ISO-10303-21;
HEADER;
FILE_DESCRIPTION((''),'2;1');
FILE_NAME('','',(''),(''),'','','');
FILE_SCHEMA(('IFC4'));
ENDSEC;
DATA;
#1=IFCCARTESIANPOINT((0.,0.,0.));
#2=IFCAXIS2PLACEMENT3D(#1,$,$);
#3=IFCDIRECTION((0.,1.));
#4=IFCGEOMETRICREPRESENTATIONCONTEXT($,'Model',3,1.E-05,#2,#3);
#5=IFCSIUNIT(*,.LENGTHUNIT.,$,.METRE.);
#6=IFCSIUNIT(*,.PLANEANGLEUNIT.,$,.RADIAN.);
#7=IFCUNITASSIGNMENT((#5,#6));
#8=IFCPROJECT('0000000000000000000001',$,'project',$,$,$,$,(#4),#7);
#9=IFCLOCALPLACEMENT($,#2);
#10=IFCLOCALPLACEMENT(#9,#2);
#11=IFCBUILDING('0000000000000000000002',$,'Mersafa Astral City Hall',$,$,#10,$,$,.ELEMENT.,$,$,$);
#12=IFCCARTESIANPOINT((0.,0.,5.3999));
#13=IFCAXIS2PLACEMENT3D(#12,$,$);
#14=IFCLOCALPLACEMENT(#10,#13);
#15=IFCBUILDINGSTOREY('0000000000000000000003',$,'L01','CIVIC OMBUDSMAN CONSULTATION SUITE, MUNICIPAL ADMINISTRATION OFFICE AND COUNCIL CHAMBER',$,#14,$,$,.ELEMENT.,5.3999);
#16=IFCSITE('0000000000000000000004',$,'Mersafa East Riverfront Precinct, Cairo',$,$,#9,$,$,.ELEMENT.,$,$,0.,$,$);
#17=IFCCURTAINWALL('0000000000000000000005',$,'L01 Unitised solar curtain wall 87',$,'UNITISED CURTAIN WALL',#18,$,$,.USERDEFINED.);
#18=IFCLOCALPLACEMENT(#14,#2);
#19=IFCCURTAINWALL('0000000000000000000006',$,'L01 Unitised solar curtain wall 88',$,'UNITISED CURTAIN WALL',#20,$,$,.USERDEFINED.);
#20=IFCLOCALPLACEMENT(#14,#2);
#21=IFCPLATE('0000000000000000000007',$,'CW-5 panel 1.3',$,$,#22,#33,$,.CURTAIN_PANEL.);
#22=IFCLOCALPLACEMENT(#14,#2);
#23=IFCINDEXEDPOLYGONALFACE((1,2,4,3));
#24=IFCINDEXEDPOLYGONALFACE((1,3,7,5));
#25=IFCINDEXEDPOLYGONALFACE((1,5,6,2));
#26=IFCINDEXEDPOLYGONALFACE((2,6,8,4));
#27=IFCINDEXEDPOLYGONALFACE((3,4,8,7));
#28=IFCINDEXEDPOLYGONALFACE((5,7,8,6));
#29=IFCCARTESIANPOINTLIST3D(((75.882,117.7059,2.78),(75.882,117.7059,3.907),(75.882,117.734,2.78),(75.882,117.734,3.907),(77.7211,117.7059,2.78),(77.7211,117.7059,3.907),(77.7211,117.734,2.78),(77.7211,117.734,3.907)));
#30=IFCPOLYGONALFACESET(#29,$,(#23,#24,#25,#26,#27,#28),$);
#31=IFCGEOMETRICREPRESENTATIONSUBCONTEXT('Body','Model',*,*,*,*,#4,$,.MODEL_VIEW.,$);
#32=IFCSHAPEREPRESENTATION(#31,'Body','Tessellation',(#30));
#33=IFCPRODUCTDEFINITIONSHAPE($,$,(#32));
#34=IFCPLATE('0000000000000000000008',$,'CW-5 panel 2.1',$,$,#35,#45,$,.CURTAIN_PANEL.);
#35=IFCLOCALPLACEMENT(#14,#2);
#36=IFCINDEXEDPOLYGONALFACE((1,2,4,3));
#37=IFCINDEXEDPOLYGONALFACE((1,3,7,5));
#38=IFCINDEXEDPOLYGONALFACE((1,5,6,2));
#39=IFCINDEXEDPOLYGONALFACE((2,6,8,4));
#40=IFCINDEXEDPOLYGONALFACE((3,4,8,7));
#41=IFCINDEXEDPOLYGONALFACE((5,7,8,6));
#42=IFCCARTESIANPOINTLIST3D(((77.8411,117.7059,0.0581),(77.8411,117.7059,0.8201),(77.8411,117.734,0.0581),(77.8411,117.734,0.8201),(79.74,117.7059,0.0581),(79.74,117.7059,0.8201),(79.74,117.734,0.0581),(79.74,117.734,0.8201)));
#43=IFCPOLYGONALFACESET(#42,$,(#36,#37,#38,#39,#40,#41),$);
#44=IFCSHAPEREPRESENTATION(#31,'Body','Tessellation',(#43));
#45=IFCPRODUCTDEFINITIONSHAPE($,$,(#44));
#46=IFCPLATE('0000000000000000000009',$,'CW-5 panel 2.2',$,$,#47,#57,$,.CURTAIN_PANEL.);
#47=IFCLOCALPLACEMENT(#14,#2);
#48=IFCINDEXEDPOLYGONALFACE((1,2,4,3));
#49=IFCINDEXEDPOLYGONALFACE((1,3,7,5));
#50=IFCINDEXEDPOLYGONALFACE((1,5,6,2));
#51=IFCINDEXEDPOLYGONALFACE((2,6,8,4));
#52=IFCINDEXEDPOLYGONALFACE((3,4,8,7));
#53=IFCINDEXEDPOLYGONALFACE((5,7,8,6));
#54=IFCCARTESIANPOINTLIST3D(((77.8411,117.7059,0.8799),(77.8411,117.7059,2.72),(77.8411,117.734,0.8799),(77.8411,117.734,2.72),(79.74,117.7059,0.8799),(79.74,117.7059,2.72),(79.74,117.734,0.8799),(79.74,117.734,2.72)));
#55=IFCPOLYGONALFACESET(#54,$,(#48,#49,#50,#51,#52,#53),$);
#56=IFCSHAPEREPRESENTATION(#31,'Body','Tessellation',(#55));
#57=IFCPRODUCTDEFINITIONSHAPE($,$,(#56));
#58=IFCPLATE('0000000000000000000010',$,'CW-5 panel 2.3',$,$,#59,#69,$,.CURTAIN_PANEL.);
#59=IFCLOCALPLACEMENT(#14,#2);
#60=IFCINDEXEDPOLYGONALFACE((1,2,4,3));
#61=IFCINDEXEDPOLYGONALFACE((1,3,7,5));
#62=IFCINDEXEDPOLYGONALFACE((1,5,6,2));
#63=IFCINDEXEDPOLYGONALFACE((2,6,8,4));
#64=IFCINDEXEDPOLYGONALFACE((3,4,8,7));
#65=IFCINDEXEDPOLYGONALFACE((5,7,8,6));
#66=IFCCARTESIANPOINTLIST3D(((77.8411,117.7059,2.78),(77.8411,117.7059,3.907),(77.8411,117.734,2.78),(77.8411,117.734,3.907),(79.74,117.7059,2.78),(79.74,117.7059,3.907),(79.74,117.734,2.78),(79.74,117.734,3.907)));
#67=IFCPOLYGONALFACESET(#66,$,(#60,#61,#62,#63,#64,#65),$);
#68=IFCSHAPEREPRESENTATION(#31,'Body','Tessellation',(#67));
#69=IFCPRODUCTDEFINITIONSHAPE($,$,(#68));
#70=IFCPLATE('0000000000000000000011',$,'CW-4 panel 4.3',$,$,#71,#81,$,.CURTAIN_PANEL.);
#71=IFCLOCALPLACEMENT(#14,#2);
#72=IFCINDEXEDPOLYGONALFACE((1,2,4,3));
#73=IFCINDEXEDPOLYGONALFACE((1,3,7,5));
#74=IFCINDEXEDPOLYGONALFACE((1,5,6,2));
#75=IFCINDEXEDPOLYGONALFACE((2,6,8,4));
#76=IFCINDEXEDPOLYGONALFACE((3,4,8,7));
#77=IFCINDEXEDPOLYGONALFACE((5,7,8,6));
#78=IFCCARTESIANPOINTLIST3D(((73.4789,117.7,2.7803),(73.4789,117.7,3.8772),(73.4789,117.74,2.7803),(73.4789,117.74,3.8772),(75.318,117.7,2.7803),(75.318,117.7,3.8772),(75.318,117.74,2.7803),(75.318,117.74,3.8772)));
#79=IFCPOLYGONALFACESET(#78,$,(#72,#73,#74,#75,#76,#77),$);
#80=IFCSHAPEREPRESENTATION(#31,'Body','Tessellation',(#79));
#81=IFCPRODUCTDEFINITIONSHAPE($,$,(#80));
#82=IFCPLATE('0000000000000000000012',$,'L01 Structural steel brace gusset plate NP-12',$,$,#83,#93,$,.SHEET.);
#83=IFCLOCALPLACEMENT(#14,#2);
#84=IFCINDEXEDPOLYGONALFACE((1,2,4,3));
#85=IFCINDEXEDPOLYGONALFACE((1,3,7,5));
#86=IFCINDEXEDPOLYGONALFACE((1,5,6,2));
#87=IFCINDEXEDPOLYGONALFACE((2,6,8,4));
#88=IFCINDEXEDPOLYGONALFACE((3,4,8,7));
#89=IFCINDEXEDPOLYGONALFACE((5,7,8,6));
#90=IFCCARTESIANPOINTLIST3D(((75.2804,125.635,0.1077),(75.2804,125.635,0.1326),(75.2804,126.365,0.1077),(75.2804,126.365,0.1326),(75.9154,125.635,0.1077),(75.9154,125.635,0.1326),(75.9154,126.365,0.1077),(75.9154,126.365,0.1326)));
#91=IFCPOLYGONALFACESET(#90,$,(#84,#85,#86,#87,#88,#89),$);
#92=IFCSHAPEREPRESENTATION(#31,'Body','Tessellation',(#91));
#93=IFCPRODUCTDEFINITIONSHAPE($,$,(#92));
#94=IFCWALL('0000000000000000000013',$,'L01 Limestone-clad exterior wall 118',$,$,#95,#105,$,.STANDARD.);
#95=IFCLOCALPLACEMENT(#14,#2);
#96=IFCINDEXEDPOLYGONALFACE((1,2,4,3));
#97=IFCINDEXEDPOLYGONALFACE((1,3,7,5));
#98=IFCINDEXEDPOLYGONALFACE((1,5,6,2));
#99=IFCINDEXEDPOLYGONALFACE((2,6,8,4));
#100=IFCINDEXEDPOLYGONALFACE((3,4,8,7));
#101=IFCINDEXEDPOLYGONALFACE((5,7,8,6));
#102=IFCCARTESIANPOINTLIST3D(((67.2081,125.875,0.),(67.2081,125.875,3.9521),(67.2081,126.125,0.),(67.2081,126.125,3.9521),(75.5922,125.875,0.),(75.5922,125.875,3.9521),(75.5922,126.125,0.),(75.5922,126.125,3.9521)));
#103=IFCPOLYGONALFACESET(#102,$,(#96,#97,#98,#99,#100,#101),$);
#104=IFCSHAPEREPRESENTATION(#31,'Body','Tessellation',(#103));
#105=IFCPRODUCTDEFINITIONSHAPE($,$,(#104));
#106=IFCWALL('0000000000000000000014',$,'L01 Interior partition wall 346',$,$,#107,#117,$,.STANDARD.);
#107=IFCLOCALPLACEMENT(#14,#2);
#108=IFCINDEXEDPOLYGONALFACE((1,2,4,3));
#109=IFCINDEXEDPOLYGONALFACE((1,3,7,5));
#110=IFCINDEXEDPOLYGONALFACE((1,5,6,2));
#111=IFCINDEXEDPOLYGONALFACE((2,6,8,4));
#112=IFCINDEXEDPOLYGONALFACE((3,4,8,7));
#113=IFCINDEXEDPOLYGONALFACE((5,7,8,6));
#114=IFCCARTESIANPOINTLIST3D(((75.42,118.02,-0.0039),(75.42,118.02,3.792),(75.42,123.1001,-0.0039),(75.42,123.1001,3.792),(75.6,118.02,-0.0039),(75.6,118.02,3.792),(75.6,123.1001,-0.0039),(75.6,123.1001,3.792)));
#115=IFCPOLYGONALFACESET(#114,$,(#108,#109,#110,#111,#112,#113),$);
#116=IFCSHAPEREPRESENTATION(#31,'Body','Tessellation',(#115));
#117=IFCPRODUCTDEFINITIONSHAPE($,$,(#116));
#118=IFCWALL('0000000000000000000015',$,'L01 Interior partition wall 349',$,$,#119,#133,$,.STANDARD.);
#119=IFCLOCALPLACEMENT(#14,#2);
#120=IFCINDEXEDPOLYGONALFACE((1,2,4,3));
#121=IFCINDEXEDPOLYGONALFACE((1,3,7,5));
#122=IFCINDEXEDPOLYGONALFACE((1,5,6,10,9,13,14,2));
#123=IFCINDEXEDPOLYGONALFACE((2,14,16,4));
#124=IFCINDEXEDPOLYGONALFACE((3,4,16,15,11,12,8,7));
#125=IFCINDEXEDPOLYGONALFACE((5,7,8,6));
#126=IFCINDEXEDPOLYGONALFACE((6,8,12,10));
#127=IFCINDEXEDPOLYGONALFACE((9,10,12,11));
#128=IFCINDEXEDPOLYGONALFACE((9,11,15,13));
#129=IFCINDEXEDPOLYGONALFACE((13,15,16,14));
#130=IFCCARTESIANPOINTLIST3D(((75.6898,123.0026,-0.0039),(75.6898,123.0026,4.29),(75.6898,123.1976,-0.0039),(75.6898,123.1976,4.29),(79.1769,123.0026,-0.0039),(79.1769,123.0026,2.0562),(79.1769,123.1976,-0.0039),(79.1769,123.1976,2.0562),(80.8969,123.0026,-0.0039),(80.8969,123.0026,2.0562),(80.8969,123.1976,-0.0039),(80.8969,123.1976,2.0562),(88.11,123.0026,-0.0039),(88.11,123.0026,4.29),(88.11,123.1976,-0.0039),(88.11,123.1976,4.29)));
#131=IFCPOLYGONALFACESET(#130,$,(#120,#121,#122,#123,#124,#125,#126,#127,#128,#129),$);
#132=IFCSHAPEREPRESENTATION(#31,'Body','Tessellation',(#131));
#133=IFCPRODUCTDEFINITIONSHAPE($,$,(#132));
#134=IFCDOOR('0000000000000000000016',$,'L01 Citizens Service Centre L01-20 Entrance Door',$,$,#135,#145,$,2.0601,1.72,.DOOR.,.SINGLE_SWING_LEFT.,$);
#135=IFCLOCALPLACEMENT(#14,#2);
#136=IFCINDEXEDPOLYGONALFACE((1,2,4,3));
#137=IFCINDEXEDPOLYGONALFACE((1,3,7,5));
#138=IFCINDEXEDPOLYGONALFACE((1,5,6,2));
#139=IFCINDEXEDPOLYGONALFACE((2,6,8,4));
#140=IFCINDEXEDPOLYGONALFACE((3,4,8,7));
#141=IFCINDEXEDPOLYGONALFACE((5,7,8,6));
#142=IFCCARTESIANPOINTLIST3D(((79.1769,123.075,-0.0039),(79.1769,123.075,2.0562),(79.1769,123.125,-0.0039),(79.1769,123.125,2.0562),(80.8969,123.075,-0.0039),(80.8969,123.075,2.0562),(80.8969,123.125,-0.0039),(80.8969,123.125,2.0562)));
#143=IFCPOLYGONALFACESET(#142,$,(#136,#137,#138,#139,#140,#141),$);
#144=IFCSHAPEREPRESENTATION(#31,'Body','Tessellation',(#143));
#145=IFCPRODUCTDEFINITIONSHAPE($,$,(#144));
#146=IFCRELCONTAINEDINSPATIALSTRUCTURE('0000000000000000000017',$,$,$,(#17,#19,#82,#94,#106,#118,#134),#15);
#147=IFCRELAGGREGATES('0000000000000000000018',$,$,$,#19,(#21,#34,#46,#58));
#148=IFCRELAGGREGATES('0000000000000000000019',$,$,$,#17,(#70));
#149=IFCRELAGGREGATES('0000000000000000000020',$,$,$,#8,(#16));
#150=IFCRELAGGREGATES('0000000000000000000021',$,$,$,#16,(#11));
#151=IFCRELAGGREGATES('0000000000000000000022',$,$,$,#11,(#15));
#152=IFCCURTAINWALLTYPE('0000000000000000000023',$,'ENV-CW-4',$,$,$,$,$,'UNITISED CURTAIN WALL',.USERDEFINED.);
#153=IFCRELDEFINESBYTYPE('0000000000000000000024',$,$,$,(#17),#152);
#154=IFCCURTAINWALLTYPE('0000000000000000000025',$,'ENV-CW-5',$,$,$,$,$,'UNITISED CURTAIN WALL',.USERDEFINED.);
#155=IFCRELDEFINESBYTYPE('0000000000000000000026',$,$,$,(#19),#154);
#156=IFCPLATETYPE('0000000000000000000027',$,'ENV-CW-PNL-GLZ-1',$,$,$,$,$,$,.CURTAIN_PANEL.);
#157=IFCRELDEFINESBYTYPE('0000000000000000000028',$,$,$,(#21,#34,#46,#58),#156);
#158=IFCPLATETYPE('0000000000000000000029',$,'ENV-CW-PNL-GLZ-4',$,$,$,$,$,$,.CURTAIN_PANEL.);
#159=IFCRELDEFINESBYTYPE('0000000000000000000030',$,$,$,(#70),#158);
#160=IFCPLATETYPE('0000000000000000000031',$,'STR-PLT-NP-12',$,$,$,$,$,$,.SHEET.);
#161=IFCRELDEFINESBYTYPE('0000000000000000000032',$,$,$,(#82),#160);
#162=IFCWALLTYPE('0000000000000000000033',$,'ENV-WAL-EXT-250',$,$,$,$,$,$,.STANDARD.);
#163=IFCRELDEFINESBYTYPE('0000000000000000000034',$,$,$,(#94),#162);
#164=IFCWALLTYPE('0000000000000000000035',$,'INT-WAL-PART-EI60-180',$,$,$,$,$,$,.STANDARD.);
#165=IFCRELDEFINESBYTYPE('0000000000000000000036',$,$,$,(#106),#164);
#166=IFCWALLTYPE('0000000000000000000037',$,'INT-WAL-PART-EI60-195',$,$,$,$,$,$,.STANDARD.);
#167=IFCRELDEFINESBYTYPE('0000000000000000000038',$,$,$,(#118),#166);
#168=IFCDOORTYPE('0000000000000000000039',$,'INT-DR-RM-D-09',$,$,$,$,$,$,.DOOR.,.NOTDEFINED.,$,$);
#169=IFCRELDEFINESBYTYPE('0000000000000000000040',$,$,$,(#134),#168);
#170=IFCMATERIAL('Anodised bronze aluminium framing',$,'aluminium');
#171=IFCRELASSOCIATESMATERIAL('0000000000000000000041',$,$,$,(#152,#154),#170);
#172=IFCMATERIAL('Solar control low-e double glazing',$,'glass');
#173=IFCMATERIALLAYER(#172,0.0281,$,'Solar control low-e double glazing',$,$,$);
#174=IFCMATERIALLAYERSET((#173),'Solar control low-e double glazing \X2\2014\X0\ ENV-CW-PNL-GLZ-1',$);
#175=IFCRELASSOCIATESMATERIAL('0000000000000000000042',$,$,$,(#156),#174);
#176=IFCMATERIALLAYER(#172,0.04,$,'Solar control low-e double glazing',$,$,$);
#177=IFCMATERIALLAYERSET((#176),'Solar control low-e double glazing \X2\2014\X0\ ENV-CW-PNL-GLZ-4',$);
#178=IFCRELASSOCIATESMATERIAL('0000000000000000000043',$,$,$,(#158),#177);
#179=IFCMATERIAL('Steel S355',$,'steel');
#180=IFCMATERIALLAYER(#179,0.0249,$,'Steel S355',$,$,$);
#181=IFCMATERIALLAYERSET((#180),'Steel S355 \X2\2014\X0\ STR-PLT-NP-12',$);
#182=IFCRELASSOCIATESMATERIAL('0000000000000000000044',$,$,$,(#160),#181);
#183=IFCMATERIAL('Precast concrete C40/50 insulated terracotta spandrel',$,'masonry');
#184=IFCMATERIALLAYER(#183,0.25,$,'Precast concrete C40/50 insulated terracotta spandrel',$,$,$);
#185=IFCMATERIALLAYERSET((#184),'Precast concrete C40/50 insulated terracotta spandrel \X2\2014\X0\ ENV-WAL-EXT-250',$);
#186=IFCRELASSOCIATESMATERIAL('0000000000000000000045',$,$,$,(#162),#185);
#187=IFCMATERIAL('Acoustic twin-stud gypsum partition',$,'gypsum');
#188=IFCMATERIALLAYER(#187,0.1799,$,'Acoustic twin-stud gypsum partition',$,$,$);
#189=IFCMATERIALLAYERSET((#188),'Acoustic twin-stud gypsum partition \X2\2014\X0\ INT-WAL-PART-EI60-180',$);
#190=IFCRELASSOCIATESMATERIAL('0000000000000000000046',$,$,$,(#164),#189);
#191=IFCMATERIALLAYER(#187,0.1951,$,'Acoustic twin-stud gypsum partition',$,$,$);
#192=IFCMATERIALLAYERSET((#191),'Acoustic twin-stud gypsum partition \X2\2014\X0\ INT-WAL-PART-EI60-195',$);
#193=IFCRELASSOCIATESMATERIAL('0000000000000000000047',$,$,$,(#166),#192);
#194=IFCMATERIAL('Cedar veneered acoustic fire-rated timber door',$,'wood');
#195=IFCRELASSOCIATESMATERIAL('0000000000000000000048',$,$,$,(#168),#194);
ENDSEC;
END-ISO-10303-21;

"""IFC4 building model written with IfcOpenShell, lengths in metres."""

from ifc_helpers import new_model, si_unit, direction, frame, frame_2d, origin, origin_2d, place, context, subcontext, project, spatial, rectangle, extrude, material, layer, layer_set, type_object, element, fill, aggregate, save


model = new_model("IFC4")

# Units and contexts
model_context = context("Model", 3, precision=1e-05, world=origin(), true_north=direction((0.0, 1.0)))
body_context = subcontext(model_context, "Body", "Model", "MODEL_VIEW")
ifc_project = project(units=[si_unit("LENGTHUNIT", "METRE"), si_unit("PLANEANGLEUNIT", "RADIAN")], contexts=[model_context])

# Site, building, storey
site_placement = place(None, origin())
site = spatial("IfcSite", under=ifc_project, at=site_placement, Name="Mersafa East Riverfront Precinct, Cairo", CompositionType="ELEMENT", RefElevation=0.0)
building_placement = place(site_placement, origin())
building = spatial("IfcBuilding", under=site, at=building_placement, Name="Mersafa Astral City Hall", CompositionType="ELEMENT")
storey_placement = place(building_placement, frame((0.0, 0.0, 5.3999)))
storey = spatial("IfcBuildingStorey", under=building, at=storey_placement, Name="L01", Description="CIVIC OMBUDSMAN CONSULTATION SUITE, MUNICIPAL ADMINISTRATION OFFICE AND COUNCIL CHAMBER", CompositionType="ELEMENT", Elevation=5.3999)

# Shared definitions
ifc_material_1 = material(Name="Steel S355", Category="steel")

# Curtain wall
ifc_material_2 = material(Name="Anodised bronze aluminium framing", Category="aluminium")
curtain_wall_type_1 = type_object("IfcCurtainWallType", Name="ENV-CW-4", ElementType="UNITISED CURTAIN WALL", PredefinedType="USERDEFINED", material=ifc_material_2)
curtain_wall_1_placement = place(storey_placement, origin())
curtain_wall_1 = element("IfcCurtainWall", 1, at=curtain_wall_1_placement, inside=storey, type_object=curtain_wall_type_1, Name="L01 Unitised solar curtain wall 87", ObjectType="UNITISED CURTAIN WALL", PredefinedType="USERDEFINED")

# Curtain wall
curtain_wall_type_2 = type_object("IfcCurtainWallType", Name="ENV-CW-5", ElementType="UNITISED CURTAIN WALL", PredefinedType="USERDEFINED", material=ifc_material_2)
curtain_wall_2_placement = place(storey_placement, origin())
curtain_wall_2 = element("IfcCurtainWall", 2, at=curtain_wall_2_placement, inside=storey, type_object=curtain_wall_type_2, Name="L01 Unitised solar curtain wall 88", ObjectType="UNITISED CURTAIN WALL", PredefinedType="USERDEFINED")

# Plates
ifc_material_3 = material(Name="Solar control low-e double glazing", Category="glass")
ifc_layer_1 = layer(ifc_material_3, 0.0281, Name="Solar control low-e double glazing")
ifc_layer_set_1 = layer_set([ifc_layer_1], Name="Solar control low-e double glazing — ENV-CW-PNL-GLZ-1")
plate_type_1 = type_object("IfcPlateType", Name="ENV-CW-PNL-GLZ-1", PredefinedType="CURTAIN_PANEL", material=ifc_layer_set_1)
plate_1_placement = place(storey_placement, frame((76.8015, 117.72, 2.78), z_axis=(0.0, 0.0, 1.0), x_axis=(1.0, 0.0, 0.0)))
plate_1 = element("IfcPlate", 3, at=plate_1_placement, type_object=plate_type_1, Name="CW-5 panel 1.3", PredefinedType="CURTAIN_PANEL", context=body_context, shape_type="SweptSolid", body=[
    extrude(rectangle(XDim=1.8391, YDim=0.0281, at=origin_2d()), origin(), (0.0, 0.0, 1.0), 1.127),
])
plate_2_placement = place(storey_placement, frame((78.7905, 117.72, 0.0581), z_axis=(0.0, 0.0, 1.0), x_axis=(1.0, 0.0, 0.0)))
plate_2 = element("IfcPlate", 4, at=plate_2_placement, type_object=plate_type_1, Name="CW-5 panel 2.1", PredefinedType="CURTAIN_PANEL", context=body_context, shape_type="SweptSolid", body=[
    extrude(rectangle(XDim=1.8989, YDim=0.0281, at=origin_2d()), origin(), (0.0, 0.0, 1.0), 0.762),
])
plate_3_placement = place(storey_placement, frame((78.7905, 117.72, 0.8799), z_axis=(0.0, 0.0, 1.0), x_axis=(1.0, 0.0, 0.0)))
plate_3 = element("IfcPlate", 5, at=plate_3_placement, type_object=plate_type_1, Name="CW-5 panel 2.2", PredefinedType="CURTAIN_PANEL", context=body_context, shape_type="SweptSolid", body=[
    extrude(rectangle(XDim=1.8989, YDim=0.0281, at=origin_2d()), origin(), (0.0, 0.0, 1.0), 1.8401),
])
plate_4_placement = place(storey_placement, frame((78.7905, 117.72, 2.78), z_axis=(0.0, 0.0, 1.0), x_axis=(1.0, 0.0, 0.0)))
plate_4 = element("IfcPlate", 6, at=plate_4_placement, type_object=plate_type_1, Name="CW-5 panel 2.3", PredefinedType="CURTAIN_PANEL", context=body_context, shape_type="SweptSolid", body=[
    extrude(rectangle(XDim=1.8989, YDim=0.0281, at=origin_2d()), origin(), (0.0, 0.0, 1.0), 1.127),
])
aggregate(curtain_wall_2, [plate_1, plate_2, plate_3, plate_4])
ifc_layer_2 = layer(ifc_material_3, 0.04, Name="Solar control low-e double glazing")
ifc_layer_set_2 = layer_set([ifc_layer_2], Name="Solar control low-e double glazing — ENV-CW-PNL-GLZ-4")
plate_type_2 = type_object("IfcPlateType", Name="ENV-CW-PNL-GLZ-4", PredefinedType="CURTAIN_PANEL", material=ifc_layer_set_2)
plate_5_placement = place(storey_placement, frame((74.3984, 117.72, 2.7803), z_axis=(0.0, 0.0, 1.0), x_axis=(1.0, 0.0, 0.0)))
plate_5 = element("IfcPlate", 7, at=plate_5_placement, type_object=plate_type_2, Name="CW-4 panel 4.3", PredefinedType="CURTAIN_PANEL", context=body_context, shape_type="SweptSolid", body=[
    extrude(rectangle(XDim=1.8391, YDim=0.04, at=origin_2d()), origin(), (0.0, 0.0, 1.0), 1.0969),
])
aggregate(curtain_wall_1, [plate_5])
ifc_layer_3 = layer(ifc_material_1, 0.0249, Name="Steel S355")
ifc_layer_set_3 = layer_set([ifc_layer_3], Name="Steel S355 — STR-PLT-NP-12")
plate_type_3 = type_object("IfcPlateType", Name="STR-PLT-NP-12", PredefinedType="SHEET", material=ifc_layer_set_3)
plate_6_placement = place(storey_placement, frame((75.5979, 126.0, 0.1077), z_axis=(0.0, 0.0, 1.0), x_axis=(1.0, 0.0, 0.0)))
element("IfcPlate", 8, at=plate_6_placement, inside=storey, type_object=plate_type_3, Name="L01 Structural steel brace gusset plate NP-12", PredefinedType="SHEET", context=body_context, shape_type="SweptSolid", body=[
    extrude(rectangle(XDim=0.635, YDim=0.73, at=origin_2d()), origin(), (0.0, 0.0, 1.0), 0.0249),
])

# Walls
ifc_material_4 = material(Name="Precast concrete C40/50 insulated terracotta spandrel", Category="masonry")
ifc_layer_4 = layer(ifc_material_4, 0.25, Name="Precast concrete C40/50 insulated terracotta spandrel")
ifc_layer_set_4 = layer_set([ifc_layer_4], Name="Precast concrete C40/50 insulated terracotta spandrel — ENV-WAL-EXT-250")
wall_type_1 = type_object("IfcWallType", Name="ENV-WAL-EXT-250", PredefinedType="STANDARD", material=ifc_layer_set_4)
wall_1_placement = place(storey_placement, frame((75.592, 126.0, 0.0), z_axis=(0.0, 0.0, 1.0), x_axis=(-1.0, 0.0, 0.0)))
element("IfcWall", 9, at=wall_1_placement, inside=storey, type_object=wall_type_1, Name="L01 Limestone-clad exterior wall 118", PredefinedType="STANDARD", context=body_context, shape_type="SweptSolid", body=[
    extrude(rectangle(XDim=8.384, YDim=0.25, at=frame_2d((4.1919, 0.0))), origin(), (0.0, 0.0, 1.0), 3.9521),
])
ifc_material_5 = material(Name="Acoustic twin-stud gypsum partition", Category="gypsum")
ifc_layer_5 = layer(ifc_material_5, 0.1799, Name="Acoustic twin-stud gypsum partition")
ifc_layer_set_5 = layer_set([ifc_layer_5], Name="Acoustic twin-stud gypsum partition — INT-WAL-PART-EI60-180")
wall_type_2 = type_object("IfcWallType", Name="INT-WAL-PART-EI60-180", PredefinedType="STANDARD", material=ifc_layer_set_5)
wall_2_placement = place(storey_placement, frame((75.51, 123.1001, -0.0039), z_axis=(0.0, 0.0, 1.0), x_axis=(0.0, -1.0, 0.0)))
element("IfcWall", 10, at=wall_2_placement, inside=storey, type_object=wall_type_2, Name="L01 Interior partition wall 346", PredefinedType="STANDARD", context=body_context, shape_type="SweptSolid", body=[
    extrude(rectangle(XDim=5.0801, YDim=0.1799, at=frame_2d((2.54, 0.0))), origin(), (0.0, 0.0, 1.0), 3.7959),
])

# Wall, opening, door
ifc_layer_6 = layer(ifc_material_5, 0.1951, Name="Acoustic twin-stud gypsum partition")
ifc_layer_set_6 = layer_set([ifc_layer_6], Name="Acoustic twin-stud gypsum partition — INT-WAL-PART-EI60-195")
wall_type_3 = type_object("IfcWallType", Name="INT-WAL-PART-EI60-195", PredefinedType="STANDARD", material=ifc_layer_set_6)
wall_3_placement = place(storey_placement, frame((75.6899, 123.1001, -0.0039), z_axis=(0.0, 0.0, 1.0), x_axis=(1.0, 0.0, 0.0)))
wall_3 = element("IfcWall", 11, at=wall_3_placement, inside=storey, type_object=wall_type_3, Name="L01 Interior partition wall 349", PredefinedType="STANDARD", context=body_context, shape_type="SweptSolid", body=[
    extrude(rectangle(XDim=12.4202, YDim=0.1951, at=frame_2d((6.21, 0.0))), origin(), (0.0, 0.0, 1.0), 4.2939),
])
opening_placement = place(wall_3_placement, frame((3.4871, 0.0, 0.0)))
opening = element("IfcOpeningElement", 12, at=opening_placement, cuts=wall_3, PredefinedType="OPENING", context=body_context, shape_type="SweptSolid", body=[
    extrude(rectangle(XDim=1.72, YDim=2.0601, at=frame_2d((0.8599, 1.03))), frame((0.0, 0.1074, 0.0), z_axis=(0.0, -1.0, 0.0), x_axis=(1.0, 0.0, 0.0)), (0.0, 0.0, 1.0), 0.2151),
])
ifc_material_6 = material(Name="Cedar veneered acoustic fire-rated timber door", Category="wood")
door_type = type_object("IfcDoorType", Name="INT-DR-RM-D-09", OperationType="NOTDEFINED", PredefinedType="DOOR", material=ifc_material_6)
door_placement = place(opening_placement, origin())
door = element("IfcDoor", 13, at=door_placement, inside=storey, type_object=door_type, Name="L01 Citizens Service Centre L01-20 Entrance Door", OperationType="SINGLE_SWING_LEFT", OverallHeight=2.0601, OverallWidth=1.72, PredefinedType="DOOR", context=body_context, shape_type="SweptSolid", body=[
    extrude(rectangle(XDim=1.72, YDim=2.0601, at=frame_2d((0.8599, 1.03))), frame((0.0, 0.0249, 0.0), z_axis=(0.0, -1.0, 0.0), x_axis=(1.0, 0.0, 0.0)), (0.0, 0.0, 1.0), 0.05),
])
fill(opening, door)

save(model, "model.ifc")
